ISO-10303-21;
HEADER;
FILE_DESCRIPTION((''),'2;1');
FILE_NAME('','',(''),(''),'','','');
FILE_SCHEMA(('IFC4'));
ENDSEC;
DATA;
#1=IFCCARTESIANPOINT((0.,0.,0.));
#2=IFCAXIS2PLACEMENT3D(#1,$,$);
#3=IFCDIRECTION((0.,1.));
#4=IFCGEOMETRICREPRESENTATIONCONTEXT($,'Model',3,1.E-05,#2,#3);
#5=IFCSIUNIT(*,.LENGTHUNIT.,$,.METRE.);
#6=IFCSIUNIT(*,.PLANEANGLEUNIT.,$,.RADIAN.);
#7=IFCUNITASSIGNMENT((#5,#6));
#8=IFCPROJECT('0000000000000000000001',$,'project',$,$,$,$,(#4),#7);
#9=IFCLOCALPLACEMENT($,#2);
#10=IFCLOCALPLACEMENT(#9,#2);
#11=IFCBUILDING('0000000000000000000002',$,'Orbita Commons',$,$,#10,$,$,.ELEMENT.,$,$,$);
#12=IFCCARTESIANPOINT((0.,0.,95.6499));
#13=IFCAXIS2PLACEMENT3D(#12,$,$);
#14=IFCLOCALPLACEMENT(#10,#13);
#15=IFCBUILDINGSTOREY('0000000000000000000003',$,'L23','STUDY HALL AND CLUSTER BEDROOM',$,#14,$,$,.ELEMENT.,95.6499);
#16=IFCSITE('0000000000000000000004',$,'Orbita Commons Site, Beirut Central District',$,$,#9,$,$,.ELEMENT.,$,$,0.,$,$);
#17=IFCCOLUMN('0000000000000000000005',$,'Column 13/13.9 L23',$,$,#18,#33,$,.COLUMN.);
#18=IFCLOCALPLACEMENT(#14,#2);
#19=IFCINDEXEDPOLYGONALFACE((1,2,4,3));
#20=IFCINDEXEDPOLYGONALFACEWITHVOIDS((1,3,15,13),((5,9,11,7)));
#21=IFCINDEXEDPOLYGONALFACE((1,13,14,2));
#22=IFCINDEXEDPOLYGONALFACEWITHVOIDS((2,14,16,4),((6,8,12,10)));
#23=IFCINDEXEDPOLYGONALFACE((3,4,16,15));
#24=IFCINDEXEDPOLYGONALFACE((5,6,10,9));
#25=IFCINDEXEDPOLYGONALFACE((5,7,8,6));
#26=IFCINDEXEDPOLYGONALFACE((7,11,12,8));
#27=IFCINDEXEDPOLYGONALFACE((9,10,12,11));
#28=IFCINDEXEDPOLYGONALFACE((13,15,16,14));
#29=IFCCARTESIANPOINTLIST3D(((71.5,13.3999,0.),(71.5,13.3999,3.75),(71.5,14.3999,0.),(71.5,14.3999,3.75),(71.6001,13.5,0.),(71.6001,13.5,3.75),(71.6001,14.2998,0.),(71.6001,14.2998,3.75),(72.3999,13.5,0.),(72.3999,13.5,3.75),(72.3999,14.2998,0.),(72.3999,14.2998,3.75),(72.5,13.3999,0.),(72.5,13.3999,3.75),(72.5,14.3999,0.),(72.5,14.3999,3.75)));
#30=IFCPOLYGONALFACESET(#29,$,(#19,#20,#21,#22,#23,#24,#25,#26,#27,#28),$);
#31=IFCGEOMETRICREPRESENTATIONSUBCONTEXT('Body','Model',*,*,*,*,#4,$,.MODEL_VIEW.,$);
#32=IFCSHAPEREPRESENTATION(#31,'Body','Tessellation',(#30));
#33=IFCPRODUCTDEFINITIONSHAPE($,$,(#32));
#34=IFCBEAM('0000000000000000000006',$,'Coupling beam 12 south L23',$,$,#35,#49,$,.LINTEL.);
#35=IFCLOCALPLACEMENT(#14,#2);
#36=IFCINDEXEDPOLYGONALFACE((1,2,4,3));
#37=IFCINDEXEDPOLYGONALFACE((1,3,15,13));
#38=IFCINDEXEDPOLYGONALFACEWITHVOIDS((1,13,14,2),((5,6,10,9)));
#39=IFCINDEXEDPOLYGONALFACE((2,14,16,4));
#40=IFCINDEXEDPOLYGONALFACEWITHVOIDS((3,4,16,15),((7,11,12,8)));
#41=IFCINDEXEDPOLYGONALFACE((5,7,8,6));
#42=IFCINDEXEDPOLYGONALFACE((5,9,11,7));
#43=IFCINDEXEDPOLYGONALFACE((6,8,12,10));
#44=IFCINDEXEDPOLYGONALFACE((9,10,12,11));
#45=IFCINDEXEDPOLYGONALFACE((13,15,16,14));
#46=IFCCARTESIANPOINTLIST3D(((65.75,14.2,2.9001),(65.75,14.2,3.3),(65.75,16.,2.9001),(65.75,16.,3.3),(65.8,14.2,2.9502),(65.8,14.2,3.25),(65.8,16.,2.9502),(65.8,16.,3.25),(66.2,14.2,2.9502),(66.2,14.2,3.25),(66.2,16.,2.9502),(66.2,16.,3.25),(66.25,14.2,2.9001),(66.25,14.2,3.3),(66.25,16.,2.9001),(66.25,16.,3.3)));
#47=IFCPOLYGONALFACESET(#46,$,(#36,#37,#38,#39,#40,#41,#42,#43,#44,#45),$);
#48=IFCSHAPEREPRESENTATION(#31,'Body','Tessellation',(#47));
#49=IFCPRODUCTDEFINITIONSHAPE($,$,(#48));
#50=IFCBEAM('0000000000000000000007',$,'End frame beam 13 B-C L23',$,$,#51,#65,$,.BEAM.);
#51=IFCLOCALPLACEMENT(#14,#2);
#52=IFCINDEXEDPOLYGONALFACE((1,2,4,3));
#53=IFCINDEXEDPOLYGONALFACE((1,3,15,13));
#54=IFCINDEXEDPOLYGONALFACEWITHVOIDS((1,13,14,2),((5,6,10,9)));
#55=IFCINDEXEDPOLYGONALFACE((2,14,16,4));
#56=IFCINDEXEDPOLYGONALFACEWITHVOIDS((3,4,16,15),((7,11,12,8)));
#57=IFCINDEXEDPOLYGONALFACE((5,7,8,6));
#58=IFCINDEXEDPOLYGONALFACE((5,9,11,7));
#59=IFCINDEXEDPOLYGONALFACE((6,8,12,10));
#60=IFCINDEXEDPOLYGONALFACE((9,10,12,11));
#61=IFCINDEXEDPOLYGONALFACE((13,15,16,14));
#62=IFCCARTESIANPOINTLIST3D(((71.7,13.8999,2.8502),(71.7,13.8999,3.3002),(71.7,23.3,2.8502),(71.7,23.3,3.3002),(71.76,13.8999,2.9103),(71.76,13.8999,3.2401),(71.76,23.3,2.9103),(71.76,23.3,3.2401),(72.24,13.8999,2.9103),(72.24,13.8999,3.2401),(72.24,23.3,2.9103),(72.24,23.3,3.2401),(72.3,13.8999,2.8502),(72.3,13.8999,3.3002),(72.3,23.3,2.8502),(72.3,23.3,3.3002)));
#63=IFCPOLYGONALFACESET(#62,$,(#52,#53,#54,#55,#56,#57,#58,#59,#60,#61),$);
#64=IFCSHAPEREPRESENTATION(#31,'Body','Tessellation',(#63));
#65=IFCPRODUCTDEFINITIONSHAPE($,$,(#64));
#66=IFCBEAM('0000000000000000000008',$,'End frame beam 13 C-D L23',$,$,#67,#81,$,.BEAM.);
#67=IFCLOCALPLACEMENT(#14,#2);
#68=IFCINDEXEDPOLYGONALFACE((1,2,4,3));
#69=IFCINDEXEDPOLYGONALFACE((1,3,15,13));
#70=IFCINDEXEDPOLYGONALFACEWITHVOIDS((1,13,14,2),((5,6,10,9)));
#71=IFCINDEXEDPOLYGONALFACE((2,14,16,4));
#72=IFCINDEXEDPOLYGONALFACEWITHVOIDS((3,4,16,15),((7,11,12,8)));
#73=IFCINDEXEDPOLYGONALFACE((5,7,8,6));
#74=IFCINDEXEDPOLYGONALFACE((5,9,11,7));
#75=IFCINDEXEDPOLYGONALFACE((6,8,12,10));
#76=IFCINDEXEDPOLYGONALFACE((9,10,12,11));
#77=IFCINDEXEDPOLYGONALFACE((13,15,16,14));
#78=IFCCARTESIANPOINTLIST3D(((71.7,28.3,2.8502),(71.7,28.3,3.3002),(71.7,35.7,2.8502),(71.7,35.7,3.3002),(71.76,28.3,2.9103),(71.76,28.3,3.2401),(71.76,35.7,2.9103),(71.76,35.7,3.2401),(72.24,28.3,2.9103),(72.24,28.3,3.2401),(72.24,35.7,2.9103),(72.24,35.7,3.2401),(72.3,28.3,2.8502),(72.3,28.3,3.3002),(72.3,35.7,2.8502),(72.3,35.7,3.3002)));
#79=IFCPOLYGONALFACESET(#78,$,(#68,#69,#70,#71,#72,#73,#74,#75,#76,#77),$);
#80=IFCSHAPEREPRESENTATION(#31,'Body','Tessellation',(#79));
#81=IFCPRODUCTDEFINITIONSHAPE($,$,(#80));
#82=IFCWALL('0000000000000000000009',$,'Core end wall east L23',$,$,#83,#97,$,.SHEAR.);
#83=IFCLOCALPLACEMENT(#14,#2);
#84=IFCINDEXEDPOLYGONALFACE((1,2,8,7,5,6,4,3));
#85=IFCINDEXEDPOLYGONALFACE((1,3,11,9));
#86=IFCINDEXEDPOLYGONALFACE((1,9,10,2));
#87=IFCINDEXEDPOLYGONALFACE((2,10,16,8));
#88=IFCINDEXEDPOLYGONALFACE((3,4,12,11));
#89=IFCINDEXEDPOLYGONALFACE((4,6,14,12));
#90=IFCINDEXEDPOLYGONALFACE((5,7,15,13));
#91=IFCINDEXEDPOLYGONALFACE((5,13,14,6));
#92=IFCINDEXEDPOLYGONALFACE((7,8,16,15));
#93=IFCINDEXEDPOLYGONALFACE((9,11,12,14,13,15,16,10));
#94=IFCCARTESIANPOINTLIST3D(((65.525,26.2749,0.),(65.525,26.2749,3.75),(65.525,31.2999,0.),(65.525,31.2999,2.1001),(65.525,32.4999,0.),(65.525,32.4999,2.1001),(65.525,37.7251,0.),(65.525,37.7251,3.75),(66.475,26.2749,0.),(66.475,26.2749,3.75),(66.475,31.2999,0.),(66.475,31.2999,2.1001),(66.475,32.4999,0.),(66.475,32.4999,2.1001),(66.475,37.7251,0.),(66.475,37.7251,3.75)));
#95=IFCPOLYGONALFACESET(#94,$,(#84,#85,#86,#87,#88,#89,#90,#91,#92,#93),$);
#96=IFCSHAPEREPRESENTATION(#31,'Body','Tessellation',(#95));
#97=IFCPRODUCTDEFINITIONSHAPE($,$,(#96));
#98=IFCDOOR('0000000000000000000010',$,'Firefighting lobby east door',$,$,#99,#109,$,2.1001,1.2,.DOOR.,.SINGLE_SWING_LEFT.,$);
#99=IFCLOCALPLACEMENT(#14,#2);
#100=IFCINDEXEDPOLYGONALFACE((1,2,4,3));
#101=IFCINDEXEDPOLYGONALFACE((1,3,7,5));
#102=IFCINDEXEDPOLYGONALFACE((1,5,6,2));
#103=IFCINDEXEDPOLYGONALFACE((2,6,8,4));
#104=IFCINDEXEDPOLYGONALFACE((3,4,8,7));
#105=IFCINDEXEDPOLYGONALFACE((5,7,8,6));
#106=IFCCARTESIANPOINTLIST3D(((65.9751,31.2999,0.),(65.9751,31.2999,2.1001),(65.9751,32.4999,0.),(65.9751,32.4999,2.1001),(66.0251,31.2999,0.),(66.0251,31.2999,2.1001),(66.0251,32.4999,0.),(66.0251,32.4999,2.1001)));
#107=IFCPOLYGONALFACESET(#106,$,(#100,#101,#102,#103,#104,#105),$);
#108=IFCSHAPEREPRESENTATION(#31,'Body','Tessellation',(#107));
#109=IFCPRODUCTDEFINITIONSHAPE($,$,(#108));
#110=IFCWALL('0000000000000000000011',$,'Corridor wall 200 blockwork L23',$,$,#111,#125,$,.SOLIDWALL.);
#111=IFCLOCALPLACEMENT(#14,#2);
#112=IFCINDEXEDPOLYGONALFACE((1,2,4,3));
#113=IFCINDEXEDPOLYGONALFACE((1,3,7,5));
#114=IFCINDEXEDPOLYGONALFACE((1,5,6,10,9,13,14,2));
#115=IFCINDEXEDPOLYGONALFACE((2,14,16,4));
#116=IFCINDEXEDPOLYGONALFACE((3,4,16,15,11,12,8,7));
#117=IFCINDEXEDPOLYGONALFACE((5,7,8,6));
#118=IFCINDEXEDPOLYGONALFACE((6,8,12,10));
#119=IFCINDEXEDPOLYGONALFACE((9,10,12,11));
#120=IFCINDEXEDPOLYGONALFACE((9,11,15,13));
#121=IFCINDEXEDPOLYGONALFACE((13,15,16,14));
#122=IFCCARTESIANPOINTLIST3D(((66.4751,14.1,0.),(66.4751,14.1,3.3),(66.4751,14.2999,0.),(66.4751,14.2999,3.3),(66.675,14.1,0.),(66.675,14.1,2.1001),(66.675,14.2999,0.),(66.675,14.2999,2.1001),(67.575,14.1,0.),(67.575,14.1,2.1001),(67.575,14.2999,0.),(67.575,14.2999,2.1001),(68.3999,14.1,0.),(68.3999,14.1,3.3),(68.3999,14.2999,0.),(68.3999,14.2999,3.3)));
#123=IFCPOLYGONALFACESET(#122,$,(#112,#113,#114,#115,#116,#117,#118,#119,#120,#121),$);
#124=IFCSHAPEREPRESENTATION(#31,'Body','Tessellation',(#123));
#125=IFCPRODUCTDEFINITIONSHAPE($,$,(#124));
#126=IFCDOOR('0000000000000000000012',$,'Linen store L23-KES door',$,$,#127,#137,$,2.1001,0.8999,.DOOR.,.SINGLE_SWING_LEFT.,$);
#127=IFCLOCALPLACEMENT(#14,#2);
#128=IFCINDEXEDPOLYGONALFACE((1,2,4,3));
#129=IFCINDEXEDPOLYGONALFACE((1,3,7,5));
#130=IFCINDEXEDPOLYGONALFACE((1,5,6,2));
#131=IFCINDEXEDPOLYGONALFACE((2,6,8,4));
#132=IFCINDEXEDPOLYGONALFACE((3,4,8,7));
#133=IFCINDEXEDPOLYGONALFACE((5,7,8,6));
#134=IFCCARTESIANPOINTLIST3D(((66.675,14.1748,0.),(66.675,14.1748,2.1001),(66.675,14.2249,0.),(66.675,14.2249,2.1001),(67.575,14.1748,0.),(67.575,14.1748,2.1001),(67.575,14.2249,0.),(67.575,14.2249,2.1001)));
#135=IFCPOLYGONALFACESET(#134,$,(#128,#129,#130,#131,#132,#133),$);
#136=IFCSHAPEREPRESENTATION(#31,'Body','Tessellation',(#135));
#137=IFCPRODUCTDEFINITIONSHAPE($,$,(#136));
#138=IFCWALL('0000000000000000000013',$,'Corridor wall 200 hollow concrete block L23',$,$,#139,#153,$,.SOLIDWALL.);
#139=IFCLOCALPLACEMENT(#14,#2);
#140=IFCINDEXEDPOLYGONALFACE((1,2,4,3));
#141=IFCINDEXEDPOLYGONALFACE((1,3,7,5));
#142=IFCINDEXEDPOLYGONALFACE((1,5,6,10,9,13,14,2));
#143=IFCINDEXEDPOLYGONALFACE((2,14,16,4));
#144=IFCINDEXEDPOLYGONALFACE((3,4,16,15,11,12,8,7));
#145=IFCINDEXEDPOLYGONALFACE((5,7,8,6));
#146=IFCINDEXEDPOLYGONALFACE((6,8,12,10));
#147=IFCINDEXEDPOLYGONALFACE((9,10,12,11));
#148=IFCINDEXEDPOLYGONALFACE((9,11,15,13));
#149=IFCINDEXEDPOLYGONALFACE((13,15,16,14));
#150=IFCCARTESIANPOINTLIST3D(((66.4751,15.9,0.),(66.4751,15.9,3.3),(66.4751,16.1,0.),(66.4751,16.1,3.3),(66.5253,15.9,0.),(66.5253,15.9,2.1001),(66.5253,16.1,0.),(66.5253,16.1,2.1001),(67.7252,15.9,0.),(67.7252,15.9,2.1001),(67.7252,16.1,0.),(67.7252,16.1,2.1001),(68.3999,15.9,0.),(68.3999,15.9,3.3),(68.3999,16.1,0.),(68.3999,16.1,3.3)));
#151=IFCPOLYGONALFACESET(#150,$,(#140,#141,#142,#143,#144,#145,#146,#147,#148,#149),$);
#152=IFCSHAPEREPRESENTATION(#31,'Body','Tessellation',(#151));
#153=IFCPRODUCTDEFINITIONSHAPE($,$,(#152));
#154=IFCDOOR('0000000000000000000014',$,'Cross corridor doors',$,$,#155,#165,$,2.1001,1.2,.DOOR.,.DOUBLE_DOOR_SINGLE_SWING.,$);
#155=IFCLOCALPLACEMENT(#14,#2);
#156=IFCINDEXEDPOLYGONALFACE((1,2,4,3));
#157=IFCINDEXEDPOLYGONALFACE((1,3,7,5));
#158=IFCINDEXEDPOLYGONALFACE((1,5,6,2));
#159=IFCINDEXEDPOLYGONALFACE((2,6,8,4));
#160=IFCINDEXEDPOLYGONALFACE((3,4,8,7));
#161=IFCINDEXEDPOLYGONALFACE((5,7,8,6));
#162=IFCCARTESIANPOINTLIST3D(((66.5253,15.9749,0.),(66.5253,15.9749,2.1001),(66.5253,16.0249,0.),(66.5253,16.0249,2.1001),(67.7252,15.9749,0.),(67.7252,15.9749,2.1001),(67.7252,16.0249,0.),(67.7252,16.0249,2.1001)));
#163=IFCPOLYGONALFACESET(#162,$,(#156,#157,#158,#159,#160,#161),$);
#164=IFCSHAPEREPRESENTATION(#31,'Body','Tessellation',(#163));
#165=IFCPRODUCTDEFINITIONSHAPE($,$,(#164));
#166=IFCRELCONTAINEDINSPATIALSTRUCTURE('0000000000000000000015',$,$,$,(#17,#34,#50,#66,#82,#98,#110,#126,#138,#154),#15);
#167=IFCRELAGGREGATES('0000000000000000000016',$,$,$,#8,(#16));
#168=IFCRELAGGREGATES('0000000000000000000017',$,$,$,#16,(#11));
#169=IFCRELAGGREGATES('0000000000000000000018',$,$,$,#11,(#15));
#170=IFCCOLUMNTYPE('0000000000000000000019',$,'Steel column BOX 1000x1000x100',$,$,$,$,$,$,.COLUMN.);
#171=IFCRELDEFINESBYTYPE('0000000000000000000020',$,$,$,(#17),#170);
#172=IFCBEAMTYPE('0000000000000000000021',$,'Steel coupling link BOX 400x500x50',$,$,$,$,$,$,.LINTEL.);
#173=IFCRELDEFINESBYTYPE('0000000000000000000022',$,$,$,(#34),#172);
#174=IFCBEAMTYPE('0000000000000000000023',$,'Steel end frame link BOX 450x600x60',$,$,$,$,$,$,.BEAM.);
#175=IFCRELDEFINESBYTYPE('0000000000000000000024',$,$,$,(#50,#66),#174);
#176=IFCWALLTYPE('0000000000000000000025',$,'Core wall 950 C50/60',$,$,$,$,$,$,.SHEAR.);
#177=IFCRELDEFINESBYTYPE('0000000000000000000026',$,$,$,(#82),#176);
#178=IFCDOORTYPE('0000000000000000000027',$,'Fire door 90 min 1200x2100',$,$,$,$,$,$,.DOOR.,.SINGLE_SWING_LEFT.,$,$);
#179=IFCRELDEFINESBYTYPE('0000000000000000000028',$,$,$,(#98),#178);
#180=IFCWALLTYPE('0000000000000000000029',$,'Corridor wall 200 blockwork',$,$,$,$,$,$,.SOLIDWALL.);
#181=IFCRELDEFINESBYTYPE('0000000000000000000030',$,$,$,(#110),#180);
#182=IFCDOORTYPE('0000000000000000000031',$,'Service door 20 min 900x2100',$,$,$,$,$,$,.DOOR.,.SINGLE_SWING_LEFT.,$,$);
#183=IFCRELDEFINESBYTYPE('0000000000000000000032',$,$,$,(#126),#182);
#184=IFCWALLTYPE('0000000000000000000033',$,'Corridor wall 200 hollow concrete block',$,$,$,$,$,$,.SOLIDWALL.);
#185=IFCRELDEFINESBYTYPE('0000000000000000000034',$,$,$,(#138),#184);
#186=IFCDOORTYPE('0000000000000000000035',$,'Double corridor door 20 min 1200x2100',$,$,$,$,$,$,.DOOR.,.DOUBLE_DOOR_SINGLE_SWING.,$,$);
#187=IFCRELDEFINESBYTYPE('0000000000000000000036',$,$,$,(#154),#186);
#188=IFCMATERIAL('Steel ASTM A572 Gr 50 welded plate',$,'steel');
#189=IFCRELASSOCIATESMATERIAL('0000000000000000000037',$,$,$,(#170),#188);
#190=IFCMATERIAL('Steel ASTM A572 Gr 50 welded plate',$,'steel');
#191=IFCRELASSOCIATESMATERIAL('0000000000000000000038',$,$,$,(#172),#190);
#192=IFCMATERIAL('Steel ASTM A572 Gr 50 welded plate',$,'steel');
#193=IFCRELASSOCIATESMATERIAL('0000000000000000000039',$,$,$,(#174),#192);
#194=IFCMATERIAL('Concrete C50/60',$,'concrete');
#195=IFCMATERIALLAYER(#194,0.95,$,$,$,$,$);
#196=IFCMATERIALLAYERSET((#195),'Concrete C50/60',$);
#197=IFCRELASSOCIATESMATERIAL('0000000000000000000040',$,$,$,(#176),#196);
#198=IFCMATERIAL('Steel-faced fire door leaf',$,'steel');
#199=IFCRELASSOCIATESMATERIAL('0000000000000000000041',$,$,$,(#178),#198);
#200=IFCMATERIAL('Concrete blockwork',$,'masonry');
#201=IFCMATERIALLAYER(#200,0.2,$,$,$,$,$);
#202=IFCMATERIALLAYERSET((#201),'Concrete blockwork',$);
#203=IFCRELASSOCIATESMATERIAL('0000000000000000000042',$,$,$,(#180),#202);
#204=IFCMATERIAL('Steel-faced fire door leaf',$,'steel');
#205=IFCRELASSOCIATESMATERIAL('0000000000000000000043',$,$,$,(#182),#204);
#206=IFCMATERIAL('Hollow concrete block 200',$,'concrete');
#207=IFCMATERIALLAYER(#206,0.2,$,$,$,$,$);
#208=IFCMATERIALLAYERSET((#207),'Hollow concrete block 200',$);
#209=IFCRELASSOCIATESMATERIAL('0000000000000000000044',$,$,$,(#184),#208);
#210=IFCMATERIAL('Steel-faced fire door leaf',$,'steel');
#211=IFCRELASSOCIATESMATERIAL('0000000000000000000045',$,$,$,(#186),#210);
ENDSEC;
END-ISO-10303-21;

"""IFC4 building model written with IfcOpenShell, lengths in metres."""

from ifc_helpers import new_model, si_unit, direction, frame, frame_2d, origin, origin_2d, place, context, subcontext, project, spatial, rectangle, hollow_rectangle, extrude, material, layer, layer_set, material_profile, profile_set, type_object, element, fill, save


model = new_model("IFC4")

# Units and contexts
model_context = context("Model", 3, precision=1e-05, world=origin(), true_north=direction((0.0, 1.0)))
body_context = subcontext(model_context, "Body", "Model", "MODEL_VIEW")
ifc_project = project(units=[si_unit("LENGTHUNIT", "METRE"), si_unit("PLANEANGLEUNIT", "RADIAN")], contexts=[model_context])

# Site, building, storey
site_placement = place(None, origin())
site = spatial("IfcSite", under=ifc_project, at=site_placement, Name="Orbita Commons Site, Beirut Central District", CompositionType="ELEMENT", RefElevation=0.0)
building_placement = place(site_placement, origin())
building = spatial("IfcBuilding", under=site, at=building_placement, Name="Orbita Commons", CompositionType="ELEMENT")
storey_placement = place(building_placement, frame((0.0, 0.0, 95.6499)))
storey = spatial("IfcBuildingStorey", under=building, at=storey_placement, Name="L23", Description="STUDY HALL AND CLUSTER BEDROOM", CompositionType="ELEMENT", Elevation=95.6499)

# Column
ifc_material_1 = material(Name="Steel ASTM A572 Gr 50 welded plate", Category="steel")
ifc_material_profile_1 = material_profile(ifc_material_1, hollow_rectangle(XDim=1.0, YDim=1.0, WallThickness=0.1001, at=origin_2d()), Name="BOX 1000x1000x100")
ifc_profile_set_1 = profile_set([ifc_material_profile_1], Name="Steel ASTM A572 Gr 50 welded plate")
column_type = type_object("IfcColumnType", Name="Steel column BOX 1000x1000x100", PredefinedType="COLUMN", material=ifc_profile_set_1)
column_placement = place(storey_placement, frame((72.0, 13.8999, 0.0), z_axis=(0.0, 0.0, 1.0), x_axis=(1.0, 0.0, 0.0)))
element("IfcColumn", 1, at=column_placement, inside=storey, type_object=column_type, Name="Column 13/13.9 L23", PredefinedType="COLUMN", context=body_context, shape_type="SweptSolid", body=[
    extrude(hollow_rectangle(XDim=1.0, YDim=1.0, WallThickness=0.1001, at=origin_2d()), origin(), (0.0, 0.0, 1.0), 3.75),
])

# Beams
ifc_material_2 = material(Name="Steel ASTM A572 Gr 50 welded plate", Category="steel")
ifc_material_profile_2 = material_profile(ifc_material_2, hollow_rectangle(XDim=0.5, YDim=0.3999, WallThickness=0.05, at=origin_2d()), Name="BOX 400x500x50")
ifc_profile_set_2 = profile_set([ifc_material_profile_2], Name="Steel ASTM A572 Gr 50 welded plate")
beam_type_1 = type_object("IfcBeamType", Name="Steel coupling link BOX 400x500x50", PredefinedType="LINTEL", material=ifc_profile_set_2)
beam_1_placement = place(storey_placement, frame((66.0, 14.2, 3.1001), z_axis=(0.0, 1.0, 0.0), x_axis=(-1.0, 0.0, 0.0)))
element("IfcBeam", 2, at=beam_1_placement, inside=storey, type_object=beam_type_1, Name="Coupling beam 12 south L23", PredefinedType="LINTEL", context=body_context, shape_type="SweptSolid", body=[
    extrude(hollow_rectangle(XDim=0.5, YDim=0.3999, WallThickness=0.05, at=origin_2d()), origin(), (0.0, 0.0, 1.0), 1.8),
])
ifc_material_3 = material(Name="Steel ASTM A572 Gr 50 welded plate", Category="steel")
ifc_material_profile_3 = material_profile(ifc_material_3, hollow_rectangle(XDim=0.6001, YDim=0.45, WallThickness=0.0601, at=origin_2d()), Name="BOX 450x600x60")
ifc_profile_set_3 = profile_set([ifc_material_profile_3], Name="Steel ASTM A572 Gr 50 welded plate")
beam_type_2 = type_object("IfcBeamType", Name="Steel end frame link BOX 450x600x60", PredefinedType="BEAM", material=ifc_profile_set_3)
beam_2_placement = place(storey_placement, frame((72.0, 13.8999, 3.0752), z_axis=(0.0, 1.0, 0.0), x_axis=(-1.0, 0.0, 0.0)))
element("IfcBeam", 3, at=beam_2_placement, inside=storey, type_object=beam_type_2, Name="End frame beam 13 B-C L23", PredefinedType="BEAM", context=body_context, shape_type="SweptSolid", body=[
    extrude(hollow_rectangle(XDim=0.6001, YDim=0.45, WallThickness=0.0601, at=origin_2d()), origin(), (0.0, 0.0, 1.0), 9.4001),
])
beam_3_placement = place(storey_placement, frame((72.0, 28.3, 3.0752), z_axis=(0.0, 1.0, 0.0), x_axis=(-1.0, 0.0, 0.0)))
element("IfcBeam", 4, at=beam_3_placement, inside=storey, type_object=beam_type_2, Name="End frame beam 13 C-D L23", PredefinedType="BEAM", context=body_context, shape_type="SweptSolid", body=[
    extrude(hollow_rectangle(XDim=0.6001, YDim=0.45, WallThickness=0.0601, at=origin_2d()), origin(), (0.0, 0.0, 1.0), 7.3999),
])

# Walls, openings, doors
ifc_material_4 = material(Name="Concrete C50/60", Category="concrete")
ifc_layer_1 = layer(ifc_material_4, 0.95)
ifc_layer_set_1 = layer_set([ifc_layer_1], Name="Concrete C50/60")
wall_type_1 = type_object("IfcWallType", Name="Core wall 950 C50/60", PredefinedType="SHEAR", material=ifc_layer_set_1)
wall_1_placement = place(storey_placement, frame((66.0, 26.2749, 0.0), z_axis=(0.0, 0.0, 1.0), x_axis=(0.0, 1.0, 0.0)))
wall_1 = element("IfcWall", 5, at=wall_1_placement, inside=storey, type_object=wall_type_1, Name="Core end wall east L23", PredefinedType="SHEAR", context=body_context, shape_type="SweptSolid", body=[
    extrude(rectangle(XDim=11.4502, YDim=0.95, at=frame_2d((5.7251, 0.0))), origin(), (0.0, 0.0, 1.0), 3.75),
])
opening_1_placement = place(wall_1_placement, frame((5.0249, 0.0, 0.0)))
opening_1 = element("IfcOpeningElement", 6, at=opening_1_placement, cuts=wall_1, PredefinedType="OPENING", context=body_context, shape_type="SweptSolid", body=[
    extrude(rectangle(XDim=1.2, YDim=2.1001, at=frame_2d((0.6001, 1.05))), frame((0.0, 0.4849, 0.0), z_axis=(0.0, -1.0, 0.0), x_axis=(1.0, 0.0, 0.0)), (0.0, 0.0, 1.0), 0.97),
])
ifc_material_5 = material(Name="Steel-faced fire door leaf", Category="steel")
door_type_1 = type_object("IfcDoorType", Name="Fire door 90 min 1200x2100", OperationType="SINGLE_SWING_LEFT", PredefinedType="DOOR", material=ifc_material_5)
door_1_placement = place(opening_1_placement, origin())
door_1 = element("IfcDoor", 7, at=door_1_placement, inside=storey, type_object=door_type_1, Name="Firefighting lobby east door", OperationType="SINGLE_SWING_LEFT", OverallHeight=2.1001, OverallWidth=1.2, PredefinedType="DOOR", context=body_context, shape_type="SweptSolid", body=[
    extrude(rectangle(XDim=1.2, YDim=2.1001, at=frame_2d((0.6001, 1.05))), frame((0.0, 0.0249, 0.0), z_axis=(0.0, -1.0, 0.0), x_axis=(1.0, 0.0, 0.0)), (0.0, 0.0, 1.0), 0.05),
])
fill(opening_1, door_1)
ifc_material_6 = material(Name="Concrete blockwork", Category="masonry")
ifc_layer_2 = layer(ifc_material_6, 0.2)
ifc_layer_set_2 = layer_set([ifc_layer_2], Name="Concrete blockwork")
wall_type_2 = type_object("IfcWallType", Name="Corridor wall 200 blockwork", PredefinedType="SOLIDWALL", material=ifc_layer_set_2)
wall_2_placement = place(storey_placement, frame((66.4751, 14.2, 0.0), z_axis=(0.0, 0.0, 1.0), x_axis=(1.0, 0.0, 0.0)))
wall_2 = element("IfcWall", 8, at=wall_2_placement, inside=storey, type_object=wall_type_2, Name="Corridor wall 200 blockwork L23", PredefinedType="SOLIDWALL", context=body_context, shape_type="SweptSolid", body=[
    extrude(rectangle(XDim=1.9248, YDim=0.2, at=frame_2d((0.9624, 0.0))), origin(), (0.0, 0.0, 1.0), 3.3),
])
opening_2_placement = place(wall_2_placement, frame((0.2, 0.0, 0.0)))
opening_2 = element("IfcOpeningElement", 9, at=opening_2_placement, cuts=wall_2, PredefinedType="OPENING", context=body_context, shape_type="SweptSolid", body=[
    extrude(rectangle(XDim=0.8999, YDim=2.1001, at=frame_2d((0.45, 1.05))), frame((0.0, 0.1099, 0.0), z_axis=(0.0, -1.0, 0.0), x_axis=(1.0, 0.0, 0.0)), (0.0, 0.0, 1.0), 0.22),
])
ifc_material_7 = material(Name="Steel-faced fire door leaf", Category="steel")
door_type_2 = type_object("IfcDoorType", Name="Service door 20 min 900x2100", OperationType="SINGLE_SWING_LEFT", PredefinedType="DOOR", material=ifc_material_7)
door_2_placement = place(opening_2_placement, origin())
door_2 = element("IfcDoor", 10, at=door_2_placement, inside=storey, type_object=door_type_2, Name="Linen store L23-KES door", OperationType="SINGLE_SWING_LEFT", OverallHeight=2.1001, OverallWidth=0.8999, PredefinedType="DOOR", context=body_context, shape_type="SweptSolid", body=[
    extrude(rectangle(XDim=0.8999, YDim=2.1001, at=frame_2d((0.45, 1.05))), frame((0.0, 0.0249, 0.0), z_axis=(0.0, -1.0, 0.0), x_axis=(1.0, 0.0, 0.0)), (0.0, 0.0, 1.0), 0.05),
])
fill(opening_2, door_2)
ifc_material_8 = material(Name="Hollow concrete block 200", Category="concrete")
ifc_layer_3 = layer(ifc_material_8, 0.2)
ifc_layer_set_3 = layer_set([ifc_layer_3], Name="Hollow concrete block 200")
wall_type_3 = type_object("IfcWallType", Name="Corridor wall 200 hollow concrete block", PredefinedType="SOLIDWALL", material=ifc_layer_set_3)
wall_3_placement = place(storey_placement, frame((66.4751, 16.0, 0.0), z_axis=(0.0, 0.0, 1.0), x_axis=(1.0, 0.0, 0.0)))
wall_3 = element("IfcWall", 11, at=wall_3_placement, inside=storey, type_object=wall_type_3, Name="Corridor wall 200 hollow concrete block L23", PredefinedType="SOLIDWALL", context=body_context, shape_type="SweptSolid", body=[
    extrude(rectangle(XDim=1.9248, YDim=0.2, at=frame_2d((0.9624, 0.0))), origin(), (0.0, 0.0, 1.0), 3.3),
])
opening_3_placement = place(wall_3_placement, frame((0.05, 0.0, 0.0)))
opening_3 = element("IfcOpeningElement", 12, at=opening_3_placement, cuts=wall_3, PredefinedType="OPENING", context=body_context, shape_type="SweptSolid", body=[
    extrude(rectangle(XDim=1.2, YDim=2.1001, at=frame_2d((0.6001, 1.05))), frame((0.0, 0.1099, 0.0), z_axis=(0.0, -1.0, 0.0), x_axis=(1.0, 0.0, 0.0)), (0.0, 0.0, 1.0), 0.22),
])
ifc_material_9 = material(Name="Steel-faced fire door leaf", Category="steel")
door_type_3 = type_object("IfcDoorType", Name="Double corridor door 20 min 1200x2100", OperationType="DOUBLE_DOOR_SINGLE_SWING", PredefinedType="DOOR", material=ifc_material_9)
door_3_placement = place(opening_3_placement, origin())
door_3 = element("IfcDoor", 13, at=door_3_placement, inside=storey, type_object=door_type_3, Name="Cross corridor doors", OperationType="DOUBLE_DOOR_SINGLE_SWING", OverallHeight=2.1001, OverallWidth=1.2, PredefinedType="DOOR", context=body_context, shape_type="SweptSolid", body=[
    extrude(rectangle(XDim=1.2, YDim=2.1001, at=frame_2d((0.6001, 1.05))), frame((0.0, 0.0249, 0.0), z_axis=(0.0, -1.0, 0.0), x_axis=(1.0, 0.0, 0.0)), (0.0, 0.0, 1.0), 0.05),
])
fill(opening_3, door_3)

save(model, "model.ifc")
